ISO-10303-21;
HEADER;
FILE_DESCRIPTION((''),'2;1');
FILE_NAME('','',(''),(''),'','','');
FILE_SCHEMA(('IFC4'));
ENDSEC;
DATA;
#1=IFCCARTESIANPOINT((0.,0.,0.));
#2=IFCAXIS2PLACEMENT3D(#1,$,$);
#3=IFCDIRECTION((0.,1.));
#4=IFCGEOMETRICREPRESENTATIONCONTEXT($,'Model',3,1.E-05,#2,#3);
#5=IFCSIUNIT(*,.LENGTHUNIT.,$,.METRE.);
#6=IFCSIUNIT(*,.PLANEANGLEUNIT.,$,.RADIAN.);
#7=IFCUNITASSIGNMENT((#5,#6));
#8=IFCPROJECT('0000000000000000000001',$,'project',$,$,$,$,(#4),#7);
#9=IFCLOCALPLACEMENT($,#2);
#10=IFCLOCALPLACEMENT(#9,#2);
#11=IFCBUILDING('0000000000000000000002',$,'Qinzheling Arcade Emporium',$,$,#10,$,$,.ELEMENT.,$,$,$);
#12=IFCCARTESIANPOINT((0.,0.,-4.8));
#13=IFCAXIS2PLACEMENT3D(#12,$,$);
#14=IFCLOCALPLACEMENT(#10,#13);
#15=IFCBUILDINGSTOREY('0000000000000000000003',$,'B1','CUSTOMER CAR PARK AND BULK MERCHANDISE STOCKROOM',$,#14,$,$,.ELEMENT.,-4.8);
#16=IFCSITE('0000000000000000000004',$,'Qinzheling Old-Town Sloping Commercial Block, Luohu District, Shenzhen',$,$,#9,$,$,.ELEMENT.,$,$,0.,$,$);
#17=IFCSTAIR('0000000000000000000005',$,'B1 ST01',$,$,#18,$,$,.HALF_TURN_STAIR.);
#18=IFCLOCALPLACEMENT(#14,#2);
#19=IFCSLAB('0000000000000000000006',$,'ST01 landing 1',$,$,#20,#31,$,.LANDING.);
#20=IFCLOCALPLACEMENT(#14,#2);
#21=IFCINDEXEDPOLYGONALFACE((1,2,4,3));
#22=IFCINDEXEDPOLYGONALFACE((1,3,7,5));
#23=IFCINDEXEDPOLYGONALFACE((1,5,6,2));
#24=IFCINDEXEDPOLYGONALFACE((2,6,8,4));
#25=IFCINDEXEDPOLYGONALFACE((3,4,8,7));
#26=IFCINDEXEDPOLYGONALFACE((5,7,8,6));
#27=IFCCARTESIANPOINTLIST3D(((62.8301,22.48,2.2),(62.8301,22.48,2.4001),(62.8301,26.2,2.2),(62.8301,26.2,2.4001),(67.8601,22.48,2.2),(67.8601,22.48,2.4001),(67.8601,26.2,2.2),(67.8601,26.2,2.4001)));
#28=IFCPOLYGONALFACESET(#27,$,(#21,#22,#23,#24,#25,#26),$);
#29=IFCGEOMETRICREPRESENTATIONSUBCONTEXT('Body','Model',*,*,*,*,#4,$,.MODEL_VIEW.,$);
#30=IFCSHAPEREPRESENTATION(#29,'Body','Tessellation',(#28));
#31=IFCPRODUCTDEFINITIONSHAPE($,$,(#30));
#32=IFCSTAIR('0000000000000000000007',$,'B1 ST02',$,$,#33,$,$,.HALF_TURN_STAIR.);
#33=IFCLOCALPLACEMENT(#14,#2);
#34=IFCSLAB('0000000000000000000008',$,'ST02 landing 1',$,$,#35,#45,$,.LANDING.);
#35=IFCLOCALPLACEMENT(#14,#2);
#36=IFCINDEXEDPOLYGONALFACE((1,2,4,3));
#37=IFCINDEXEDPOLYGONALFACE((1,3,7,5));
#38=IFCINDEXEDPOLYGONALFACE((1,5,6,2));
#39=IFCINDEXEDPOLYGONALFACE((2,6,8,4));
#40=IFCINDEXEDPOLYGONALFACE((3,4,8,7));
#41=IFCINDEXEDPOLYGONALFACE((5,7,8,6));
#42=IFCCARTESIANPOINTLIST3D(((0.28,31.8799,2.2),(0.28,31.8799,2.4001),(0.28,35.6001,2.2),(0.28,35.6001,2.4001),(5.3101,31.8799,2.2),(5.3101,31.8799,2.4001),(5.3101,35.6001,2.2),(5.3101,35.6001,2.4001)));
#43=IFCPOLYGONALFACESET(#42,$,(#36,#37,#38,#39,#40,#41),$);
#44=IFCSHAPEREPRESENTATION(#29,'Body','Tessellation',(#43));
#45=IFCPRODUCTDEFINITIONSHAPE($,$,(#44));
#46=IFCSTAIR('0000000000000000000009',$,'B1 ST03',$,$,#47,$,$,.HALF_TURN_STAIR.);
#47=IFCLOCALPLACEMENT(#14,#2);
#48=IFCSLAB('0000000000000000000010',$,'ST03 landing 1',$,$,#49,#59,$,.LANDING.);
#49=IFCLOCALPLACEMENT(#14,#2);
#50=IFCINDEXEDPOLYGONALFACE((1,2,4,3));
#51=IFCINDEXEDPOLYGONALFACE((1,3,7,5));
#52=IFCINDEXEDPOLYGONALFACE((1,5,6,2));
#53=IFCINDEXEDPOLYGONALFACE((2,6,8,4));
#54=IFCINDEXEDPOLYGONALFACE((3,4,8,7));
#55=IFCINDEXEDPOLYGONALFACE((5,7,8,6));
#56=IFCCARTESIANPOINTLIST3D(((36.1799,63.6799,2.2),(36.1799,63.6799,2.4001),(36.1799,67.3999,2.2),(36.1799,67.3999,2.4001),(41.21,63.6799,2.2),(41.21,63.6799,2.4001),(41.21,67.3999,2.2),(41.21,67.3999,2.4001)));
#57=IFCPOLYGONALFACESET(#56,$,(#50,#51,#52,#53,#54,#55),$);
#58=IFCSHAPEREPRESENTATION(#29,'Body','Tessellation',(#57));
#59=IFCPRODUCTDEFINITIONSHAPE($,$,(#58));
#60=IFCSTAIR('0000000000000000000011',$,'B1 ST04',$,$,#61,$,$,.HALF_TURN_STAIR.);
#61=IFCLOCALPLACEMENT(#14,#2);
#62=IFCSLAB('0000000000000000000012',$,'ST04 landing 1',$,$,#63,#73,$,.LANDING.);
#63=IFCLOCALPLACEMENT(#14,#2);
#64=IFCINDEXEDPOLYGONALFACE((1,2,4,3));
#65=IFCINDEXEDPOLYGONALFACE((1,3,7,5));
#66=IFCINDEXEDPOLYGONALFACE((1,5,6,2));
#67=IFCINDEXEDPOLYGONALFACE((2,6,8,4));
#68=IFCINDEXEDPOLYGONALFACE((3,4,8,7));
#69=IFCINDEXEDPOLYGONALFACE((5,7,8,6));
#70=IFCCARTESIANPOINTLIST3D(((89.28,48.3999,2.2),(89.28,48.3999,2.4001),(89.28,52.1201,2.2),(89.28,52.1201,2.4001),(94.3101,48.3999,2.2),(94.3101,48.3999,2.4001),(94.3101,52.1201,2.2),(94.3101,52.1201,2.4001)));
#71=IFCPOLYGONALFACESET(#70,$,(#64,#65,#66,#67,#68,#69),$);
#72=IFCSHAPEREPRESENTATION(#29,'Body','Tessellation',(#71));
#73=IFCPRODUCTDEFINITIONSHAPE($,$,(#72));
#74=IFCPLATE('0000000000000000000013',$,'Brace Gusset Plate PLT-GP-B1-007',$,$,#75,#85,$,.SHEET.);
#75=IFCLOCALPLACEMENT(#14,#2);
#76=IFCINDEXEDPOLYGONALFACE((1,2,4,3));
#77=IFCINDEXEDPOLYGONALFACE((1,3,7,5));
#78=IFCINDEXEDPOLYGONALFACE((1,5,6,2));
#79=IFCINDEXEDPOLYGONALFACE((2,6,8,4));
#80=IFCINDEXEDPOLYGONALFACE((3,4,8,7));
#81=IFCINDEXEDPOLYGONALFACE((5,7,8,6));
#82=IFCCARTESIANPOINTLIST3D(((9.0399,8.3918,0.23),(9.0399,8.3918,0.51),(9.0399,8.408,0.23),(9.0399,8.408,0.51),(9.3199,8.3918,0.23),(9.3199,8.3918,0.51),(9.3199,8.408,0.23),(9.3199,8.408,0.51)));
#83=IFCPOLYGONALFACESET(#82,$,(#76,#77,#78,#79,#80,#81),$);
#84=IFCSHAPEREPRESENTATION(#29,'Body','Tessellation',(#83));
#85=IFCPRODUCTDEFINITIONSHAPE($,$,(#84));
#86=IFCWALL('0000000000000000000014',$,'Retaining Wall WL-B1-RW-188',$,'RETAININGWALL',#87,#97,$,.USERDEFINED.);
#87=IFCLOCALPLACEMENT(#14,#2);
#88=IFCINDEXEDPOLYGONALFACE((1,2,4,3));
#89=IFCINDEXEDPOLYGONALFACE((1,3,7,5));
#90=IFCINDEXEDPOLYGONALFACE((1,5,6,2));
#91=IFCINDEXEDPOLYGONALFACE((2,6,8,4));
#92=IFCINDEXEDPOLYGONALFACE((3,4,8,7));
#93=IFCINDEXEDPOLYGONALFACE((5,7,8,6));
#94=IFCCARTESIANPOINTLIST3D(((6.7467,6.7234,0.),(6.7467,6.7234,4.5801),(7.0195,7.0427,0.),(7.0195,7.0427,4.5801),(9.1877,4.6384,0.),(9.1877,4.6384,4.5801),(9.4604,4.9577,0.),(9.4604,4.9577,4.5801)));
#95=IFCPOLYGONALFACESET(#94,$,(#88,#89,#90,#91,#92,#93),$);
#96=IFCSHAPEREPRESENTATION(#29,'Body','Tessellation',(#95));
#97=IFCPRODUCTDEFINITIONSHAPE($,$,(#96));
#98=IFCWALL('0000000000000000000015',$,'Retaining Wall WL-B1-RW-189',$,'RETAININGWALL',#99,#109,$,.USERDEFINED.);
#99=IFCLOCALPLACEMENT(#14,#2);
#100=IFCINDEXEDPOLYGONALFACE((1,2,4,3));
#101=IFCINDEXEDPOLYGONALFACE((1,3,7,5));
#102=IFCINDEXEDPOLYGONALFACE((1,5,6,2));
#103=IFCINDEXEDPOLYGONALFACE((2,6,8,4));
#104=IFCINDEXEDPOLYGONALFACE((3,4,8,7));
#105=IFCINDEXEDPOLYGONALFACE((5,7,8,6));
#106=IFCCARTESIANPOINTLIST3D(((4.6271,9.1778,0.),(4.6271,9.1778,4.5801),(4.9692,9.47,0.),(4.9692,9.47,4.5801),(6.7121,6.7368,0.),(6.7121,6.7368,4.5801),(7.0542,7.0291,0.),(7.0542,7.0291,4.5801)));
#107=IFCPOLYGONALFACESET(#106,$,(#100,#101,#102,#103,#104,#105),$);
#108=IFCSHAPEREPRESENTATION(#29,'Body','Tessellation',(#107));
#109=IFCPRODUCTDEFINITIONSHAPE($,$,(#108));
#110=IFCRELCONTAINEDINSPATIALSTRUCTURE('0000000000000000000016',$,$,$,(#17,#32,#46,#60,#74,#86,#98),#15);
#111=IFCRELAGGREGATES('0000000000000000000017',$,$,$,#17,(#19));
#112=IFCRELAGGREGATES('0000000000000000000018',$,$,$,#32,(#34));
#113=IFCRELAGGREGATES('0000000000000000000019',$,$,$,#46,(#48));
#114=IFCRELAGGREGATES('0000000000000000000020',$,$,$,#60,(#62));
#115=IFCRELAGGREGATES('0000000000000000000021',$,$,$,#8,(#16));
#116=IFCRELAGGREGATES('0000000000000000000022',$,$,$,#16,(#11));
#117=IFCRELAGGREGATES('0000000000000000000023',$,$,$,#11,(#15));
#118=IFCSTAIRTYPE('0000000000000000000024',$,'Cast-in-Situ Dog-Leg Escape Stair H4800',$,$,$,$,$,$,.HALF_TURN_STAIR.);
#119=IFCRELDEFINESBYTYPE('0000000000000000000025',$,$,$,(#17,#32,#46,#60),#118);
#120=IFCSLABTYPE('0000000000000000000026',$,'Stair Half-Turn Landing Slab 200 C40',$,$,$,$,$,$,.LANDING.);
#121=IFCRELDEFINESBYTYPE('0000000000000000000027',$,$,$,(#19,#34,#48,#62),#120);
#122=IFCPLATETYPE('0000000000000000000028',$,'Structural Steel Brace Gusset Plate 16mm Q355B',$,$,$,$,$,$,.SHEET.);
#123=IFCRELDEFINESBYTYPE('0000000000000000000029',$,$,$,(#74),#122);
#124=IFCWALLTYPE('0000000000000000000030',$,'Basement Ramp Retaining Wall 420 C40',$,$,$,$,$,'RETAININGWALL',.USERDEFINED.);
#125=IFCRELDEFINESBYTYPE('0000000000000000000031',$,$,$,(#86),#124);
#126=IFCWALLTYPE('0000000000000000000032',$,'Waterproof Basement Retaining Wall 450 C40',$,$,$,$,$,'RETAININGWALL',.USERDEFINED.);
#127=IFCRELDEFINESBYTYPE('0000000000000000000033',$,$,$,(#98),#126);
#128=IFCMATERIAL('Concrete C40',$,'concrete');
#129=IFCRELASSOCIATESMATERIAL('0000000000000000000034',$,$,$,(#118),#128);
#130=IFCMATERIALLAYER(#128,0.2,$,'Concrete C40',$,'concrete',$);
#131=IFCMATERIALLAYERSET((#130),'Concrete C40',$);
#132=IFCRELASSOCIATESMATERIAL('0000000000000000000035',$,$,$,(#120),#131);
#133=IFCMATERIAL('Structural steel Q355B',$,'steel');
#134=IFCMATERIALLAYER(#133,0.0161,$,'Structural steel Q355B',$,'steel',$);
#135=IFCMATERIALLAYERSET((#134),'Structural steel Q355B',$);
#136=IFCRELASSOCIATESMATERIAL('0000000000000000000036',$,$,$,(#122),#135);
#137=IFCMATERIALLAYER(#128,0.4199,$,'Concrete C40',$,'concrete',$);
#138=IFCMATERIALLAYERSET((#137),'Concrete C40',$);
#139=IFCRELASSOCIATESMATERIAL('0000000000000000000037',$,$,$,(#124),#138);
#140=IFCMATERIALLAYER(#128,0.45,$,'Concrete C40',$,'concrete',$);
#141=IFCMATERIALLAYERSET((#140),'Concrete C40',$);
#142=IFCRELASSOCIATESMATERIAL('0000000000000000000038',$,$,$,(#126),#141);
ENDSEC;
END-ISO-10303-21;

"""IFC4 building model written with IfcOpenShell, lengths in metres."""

from ifc_helpers import new_model, si_unit, direction, frame, frame_2d, origin, origin_2d, place, context, subcontext, project, spatial, polyline, rectangle, outline, extrude, material, layer, layer_set, type_object, element, aggregate, save


model = new_model("IFC4")

# Units and contexts
model_context = context("Model", 3, precision=1e-05, world=origin(), true_north=direction((0.0, 1.0)))
body_context = subcontext(model_context, "Body", "Model", "MODEL_VIEW")
ifc_project = project(units=[si_unit("LENGTHUNIT", "METRE"), si_unit("PLANEANGLEUNIT", "RADIAN")], contexts=[model_context])

# Site, building, storey
site_placement = place(None, origin())
site = spatial("IfcSite", under=ifc_project, at=site_placement, Name="Qinzheling Old-Town Sloping Commercial Block, Luohu District, Shenzhen", CompositionType="ELEMENT", RefElevation=0.0)
building_placement = place(site_placement, origin())
building = spatial("IfcBuilding", under=site, at=building_placement, Name="Qinzheling Arcade Emporium", CompositionType="ELEMENT")
storey_placement = place(building_placement, frame((0.0, 0.0, -4.8)))
storey = spatial("IfcBuildingStorey", under=building, at=storey_placement, Name="B1", Description="CUSTOMER CAR PARK AND BULK MERCHANDISE STOCKROOM", CompositionType="ELEMENT", Elevation=-4.8)

# Shared definitions
ifc_material_1 = material(Name="Concrete C40", Category="concrete")

# Shared definitions
ifc_material_2 = material(Name="Structural steel Q355B", Category="steel")

# Stairs, slabs
stair_type = type_object("IfcStairType", Name="Cast-in-Situ Dog-Leg Escape Stair H4800", PredefinedType="HALF_TURN_STAIR", material=ifc_material_1)
stair_1_placement = place(storey_placement, origin())
stair_1 = element("IfcStair", 1, at=stair_1_placement, inside=storey, type_object=stair_type, Name="B1 ST01", PredefinedType="HALF_TURN_STAIR")
ifc_layer_1 = layer(ifc_material_1, 0.2, Name="Concrete C40", Category="concrete")
ifc_layer_set_1 = layer_set([ifc_layer_1], Name="Concrete C40")
slab_type_1 = type_object("IfcSlabType", Name="Stair Half-Turn Landing Slab 200 C40", PredefinedType="LANDING", material=ifc_layer_set_1)
slab_1_placement = place(storey_placement, frame((0.0, 0.0, 2.2)))
slab_1 = element("IfcSlab", 2, at=slab_1_placement, type_object=slab_type_1, Name="ST01 landing 1", PredefinedType="LANDING", context=body_context, shape_type="SweptSolid", body=[
    extrude(outline(polyline([(62.8301, 26.2), (67.8601, 26.2), (67.8601, 22.48), (62.8301, 22.48), (62.8301, 26.2)])), origin(), (0.0, 0.0, 1.0), 0.2002),
])
aggregate(stair_1, [slab_1])
stair_2_placement = place(storey_placement, origin())
stair_2 = element("IfcStair", 3, at=stair_2_placement, inside=storey, type_object=stair_type, Name="B1 ST02", PredefinedType="HALF_TURN_STAIR")
slab_2_placement = place(storey_placement, frame((0.0, 0.0, 2.2)))
slab_2 = element("IfcSlab", 4, at=slab_2_placement, type_object=slab_type_1, Name="ST02 landing 1", PredefinedType="LANDING", context=body_context, shape_type="SweptSolid", body=[
    extrude(outline(polyline([(0.28, 35.6001), (5.3101, 35.6001), (5.3101, 31.8799), (0.28, 31.8799), (0.28, 35.6001)])), origin(), (0.0, 0.0, 1.0), 0.2002),
])
aggregate(stair_2, [slab_2])
stair_3_placement = place(storey_placement, origin())
stair_3 = element("IfcStair", 5, at=stair_3_placement, inside=storey, type_object=stair_type, Name="B1 ST03", PredefinedType="HALF_TURN_STAIR")
slab_3_placement = place(storey_placement, frame((0.0, 0.0, 2.2)))
slab_3 = element("IfcSlab", 6, at=slab_3_placement, type_object=slab_type_1, Name="ST03 landing 1", PredefinedType="LANDING", context=body_context, shape_type="SweptSolid", body=[
    extrude(outline(polyline([(36.1799, 67.3999), (41.21, 67.3999), (41.21, 63.6799), (36.1799, 63.6799), (36.1799, 67.3999)])), origin(), (0.0, 0.0, 1.0), 0.2002),
])
aggregate(stair_3, [slab_3])
stair_4_placement = place(storey_placement, origin())
stair_4 = element("IfcStair", 7, at=stair_4_placement, inside=storey, type_object=stair_type, Name="B1 ST04", PredefinedType="HALF_TURN_STAIR")
slab_4_placement = place(storey_placement, frame((0.0, 0.0, 2.2)))
slab_4 = element("IfcSlab", 8, at=slab_4_placement, type_object=slab_type_1, Name="ST04 landing 1", PredefinedType="LANDING", context=body_context, shape_type="SweptSolid", body=[
    extrude(outline(polyline([(94.3101, 48.3999), (89.28, 48.3999), (89.28, 52.1201), (94.3101, 52.1201), (94.3101, 48.3999)])), origin(), (0.0, 0.0, 1.0), 0.2002),
])
aggregate(stair_4, [slab_4])

# Plate
ifc_layer_2 = layer(ifc_material_2, 0.0161, Name="Structural steel Q355B", Category="steel")
ifc_layer_set_2 = layer_set([ifc_layer_2], Name="Structural steel Q355B")
plate_type = type_object("IfcPlateType", Name="Structural Steel Brace Gusset Plate 16mm Q355B", PredefinedType="SHEET", material=ifc_layer_set_2)
plate_placement = place(storey_placement, frame((9.1799, 8.3999, 0.23), z_axis=(0.0, 0.0, 1.0), x_axis=(1.0, 0.0, 0.0)))
element("IfcPlate", 9, at=plate_placement, inside=storey, type_object=plate_type, Name="Brace Gusset Plate PLT-GP-B1-007", PredefinedType="SHEET", context=body_context, shape_type="SweptSolid", body=[
    extrude(rectangle(XDim=0.28, YDim=0.0161, at=origin_2d()), origin(), (0.0, 0.0, 1.0), 0.28),
])

# Walls
ifc_layer_3 = layer(ifc_material_1, 0.4199, Name="Concrete C40", Category="concrete")
ifc_layer_set_3 = layer_set([ifc_layer_3], Name="Concrete C40")
wall_type_1 = type_object("IfcWallType", Name="Basement Ramp Retaining Wall 420 C40", ElementType="RETAININGWALL", PredefinedType="USERDEFINED", material=ifc_layer_set_3)
wall_1_placement = place(storey_placement, frame((9.324, 4.7981, 0.0), z_axis=(0.0, 0.0, 1.0), x_axis=(-0.760372, 0.649488, 0.0)))
element("IfcWall", 10, at=wall_1_placement, inside=storey, type_object=wall_type_1, Name="Retaining Wall WL-B1-RW-188", ObjectType="RETAININGWALL", PredefinedType="USERDEFINED", context=body_context, shape_type="SweptSolid", body=[
    extrude(rectangle(XDim=3.2102, YDim=0.4199, at=frame_2d((1.605, 0.0))), origin(), (0.0, 0.0, 1.0), 4.5801),
])
ifc_layer_4 = layer(ifc_material_1, 0.45, Name="Concrete C40", Category="concrete")
ifc_layer_set_4 = layer_set([ifc_layer_4], Name="Concrete C40")
wall_type_2 = type_object("IfcWallType", Name="Waterproof Basement Retaining Wall 450 C40", ElementType="RETAININGWALL", PredefinedType="USERDEFINED", material=ifc_layer_set_4)
wall_2_placement = place(storey_placement, frame((6.8831, 6.8831, 0.0), z_axis=(0.0, 0.0, 1.0), x_axis=(-0.649488, 0.760372, 0.0)))
element("IfcWall", 11, at=wall_2_placement, inside=storey, type_object=wall_type_2, Name="Retaining Wall WL-B1-RW-189", ObjectType="RETAININGWALL", PredefinedType="USERDEFINED", context=body_context, shape_type="SweptSolid", body=[
    extrude(rectangle(XDim=3.2102, YDim=0.45, at=frame_2d((1.605, 0.0))), origin(), (0.0, 0.0, 1.0), 4.5801),
])

save(model, "model.ifc")
